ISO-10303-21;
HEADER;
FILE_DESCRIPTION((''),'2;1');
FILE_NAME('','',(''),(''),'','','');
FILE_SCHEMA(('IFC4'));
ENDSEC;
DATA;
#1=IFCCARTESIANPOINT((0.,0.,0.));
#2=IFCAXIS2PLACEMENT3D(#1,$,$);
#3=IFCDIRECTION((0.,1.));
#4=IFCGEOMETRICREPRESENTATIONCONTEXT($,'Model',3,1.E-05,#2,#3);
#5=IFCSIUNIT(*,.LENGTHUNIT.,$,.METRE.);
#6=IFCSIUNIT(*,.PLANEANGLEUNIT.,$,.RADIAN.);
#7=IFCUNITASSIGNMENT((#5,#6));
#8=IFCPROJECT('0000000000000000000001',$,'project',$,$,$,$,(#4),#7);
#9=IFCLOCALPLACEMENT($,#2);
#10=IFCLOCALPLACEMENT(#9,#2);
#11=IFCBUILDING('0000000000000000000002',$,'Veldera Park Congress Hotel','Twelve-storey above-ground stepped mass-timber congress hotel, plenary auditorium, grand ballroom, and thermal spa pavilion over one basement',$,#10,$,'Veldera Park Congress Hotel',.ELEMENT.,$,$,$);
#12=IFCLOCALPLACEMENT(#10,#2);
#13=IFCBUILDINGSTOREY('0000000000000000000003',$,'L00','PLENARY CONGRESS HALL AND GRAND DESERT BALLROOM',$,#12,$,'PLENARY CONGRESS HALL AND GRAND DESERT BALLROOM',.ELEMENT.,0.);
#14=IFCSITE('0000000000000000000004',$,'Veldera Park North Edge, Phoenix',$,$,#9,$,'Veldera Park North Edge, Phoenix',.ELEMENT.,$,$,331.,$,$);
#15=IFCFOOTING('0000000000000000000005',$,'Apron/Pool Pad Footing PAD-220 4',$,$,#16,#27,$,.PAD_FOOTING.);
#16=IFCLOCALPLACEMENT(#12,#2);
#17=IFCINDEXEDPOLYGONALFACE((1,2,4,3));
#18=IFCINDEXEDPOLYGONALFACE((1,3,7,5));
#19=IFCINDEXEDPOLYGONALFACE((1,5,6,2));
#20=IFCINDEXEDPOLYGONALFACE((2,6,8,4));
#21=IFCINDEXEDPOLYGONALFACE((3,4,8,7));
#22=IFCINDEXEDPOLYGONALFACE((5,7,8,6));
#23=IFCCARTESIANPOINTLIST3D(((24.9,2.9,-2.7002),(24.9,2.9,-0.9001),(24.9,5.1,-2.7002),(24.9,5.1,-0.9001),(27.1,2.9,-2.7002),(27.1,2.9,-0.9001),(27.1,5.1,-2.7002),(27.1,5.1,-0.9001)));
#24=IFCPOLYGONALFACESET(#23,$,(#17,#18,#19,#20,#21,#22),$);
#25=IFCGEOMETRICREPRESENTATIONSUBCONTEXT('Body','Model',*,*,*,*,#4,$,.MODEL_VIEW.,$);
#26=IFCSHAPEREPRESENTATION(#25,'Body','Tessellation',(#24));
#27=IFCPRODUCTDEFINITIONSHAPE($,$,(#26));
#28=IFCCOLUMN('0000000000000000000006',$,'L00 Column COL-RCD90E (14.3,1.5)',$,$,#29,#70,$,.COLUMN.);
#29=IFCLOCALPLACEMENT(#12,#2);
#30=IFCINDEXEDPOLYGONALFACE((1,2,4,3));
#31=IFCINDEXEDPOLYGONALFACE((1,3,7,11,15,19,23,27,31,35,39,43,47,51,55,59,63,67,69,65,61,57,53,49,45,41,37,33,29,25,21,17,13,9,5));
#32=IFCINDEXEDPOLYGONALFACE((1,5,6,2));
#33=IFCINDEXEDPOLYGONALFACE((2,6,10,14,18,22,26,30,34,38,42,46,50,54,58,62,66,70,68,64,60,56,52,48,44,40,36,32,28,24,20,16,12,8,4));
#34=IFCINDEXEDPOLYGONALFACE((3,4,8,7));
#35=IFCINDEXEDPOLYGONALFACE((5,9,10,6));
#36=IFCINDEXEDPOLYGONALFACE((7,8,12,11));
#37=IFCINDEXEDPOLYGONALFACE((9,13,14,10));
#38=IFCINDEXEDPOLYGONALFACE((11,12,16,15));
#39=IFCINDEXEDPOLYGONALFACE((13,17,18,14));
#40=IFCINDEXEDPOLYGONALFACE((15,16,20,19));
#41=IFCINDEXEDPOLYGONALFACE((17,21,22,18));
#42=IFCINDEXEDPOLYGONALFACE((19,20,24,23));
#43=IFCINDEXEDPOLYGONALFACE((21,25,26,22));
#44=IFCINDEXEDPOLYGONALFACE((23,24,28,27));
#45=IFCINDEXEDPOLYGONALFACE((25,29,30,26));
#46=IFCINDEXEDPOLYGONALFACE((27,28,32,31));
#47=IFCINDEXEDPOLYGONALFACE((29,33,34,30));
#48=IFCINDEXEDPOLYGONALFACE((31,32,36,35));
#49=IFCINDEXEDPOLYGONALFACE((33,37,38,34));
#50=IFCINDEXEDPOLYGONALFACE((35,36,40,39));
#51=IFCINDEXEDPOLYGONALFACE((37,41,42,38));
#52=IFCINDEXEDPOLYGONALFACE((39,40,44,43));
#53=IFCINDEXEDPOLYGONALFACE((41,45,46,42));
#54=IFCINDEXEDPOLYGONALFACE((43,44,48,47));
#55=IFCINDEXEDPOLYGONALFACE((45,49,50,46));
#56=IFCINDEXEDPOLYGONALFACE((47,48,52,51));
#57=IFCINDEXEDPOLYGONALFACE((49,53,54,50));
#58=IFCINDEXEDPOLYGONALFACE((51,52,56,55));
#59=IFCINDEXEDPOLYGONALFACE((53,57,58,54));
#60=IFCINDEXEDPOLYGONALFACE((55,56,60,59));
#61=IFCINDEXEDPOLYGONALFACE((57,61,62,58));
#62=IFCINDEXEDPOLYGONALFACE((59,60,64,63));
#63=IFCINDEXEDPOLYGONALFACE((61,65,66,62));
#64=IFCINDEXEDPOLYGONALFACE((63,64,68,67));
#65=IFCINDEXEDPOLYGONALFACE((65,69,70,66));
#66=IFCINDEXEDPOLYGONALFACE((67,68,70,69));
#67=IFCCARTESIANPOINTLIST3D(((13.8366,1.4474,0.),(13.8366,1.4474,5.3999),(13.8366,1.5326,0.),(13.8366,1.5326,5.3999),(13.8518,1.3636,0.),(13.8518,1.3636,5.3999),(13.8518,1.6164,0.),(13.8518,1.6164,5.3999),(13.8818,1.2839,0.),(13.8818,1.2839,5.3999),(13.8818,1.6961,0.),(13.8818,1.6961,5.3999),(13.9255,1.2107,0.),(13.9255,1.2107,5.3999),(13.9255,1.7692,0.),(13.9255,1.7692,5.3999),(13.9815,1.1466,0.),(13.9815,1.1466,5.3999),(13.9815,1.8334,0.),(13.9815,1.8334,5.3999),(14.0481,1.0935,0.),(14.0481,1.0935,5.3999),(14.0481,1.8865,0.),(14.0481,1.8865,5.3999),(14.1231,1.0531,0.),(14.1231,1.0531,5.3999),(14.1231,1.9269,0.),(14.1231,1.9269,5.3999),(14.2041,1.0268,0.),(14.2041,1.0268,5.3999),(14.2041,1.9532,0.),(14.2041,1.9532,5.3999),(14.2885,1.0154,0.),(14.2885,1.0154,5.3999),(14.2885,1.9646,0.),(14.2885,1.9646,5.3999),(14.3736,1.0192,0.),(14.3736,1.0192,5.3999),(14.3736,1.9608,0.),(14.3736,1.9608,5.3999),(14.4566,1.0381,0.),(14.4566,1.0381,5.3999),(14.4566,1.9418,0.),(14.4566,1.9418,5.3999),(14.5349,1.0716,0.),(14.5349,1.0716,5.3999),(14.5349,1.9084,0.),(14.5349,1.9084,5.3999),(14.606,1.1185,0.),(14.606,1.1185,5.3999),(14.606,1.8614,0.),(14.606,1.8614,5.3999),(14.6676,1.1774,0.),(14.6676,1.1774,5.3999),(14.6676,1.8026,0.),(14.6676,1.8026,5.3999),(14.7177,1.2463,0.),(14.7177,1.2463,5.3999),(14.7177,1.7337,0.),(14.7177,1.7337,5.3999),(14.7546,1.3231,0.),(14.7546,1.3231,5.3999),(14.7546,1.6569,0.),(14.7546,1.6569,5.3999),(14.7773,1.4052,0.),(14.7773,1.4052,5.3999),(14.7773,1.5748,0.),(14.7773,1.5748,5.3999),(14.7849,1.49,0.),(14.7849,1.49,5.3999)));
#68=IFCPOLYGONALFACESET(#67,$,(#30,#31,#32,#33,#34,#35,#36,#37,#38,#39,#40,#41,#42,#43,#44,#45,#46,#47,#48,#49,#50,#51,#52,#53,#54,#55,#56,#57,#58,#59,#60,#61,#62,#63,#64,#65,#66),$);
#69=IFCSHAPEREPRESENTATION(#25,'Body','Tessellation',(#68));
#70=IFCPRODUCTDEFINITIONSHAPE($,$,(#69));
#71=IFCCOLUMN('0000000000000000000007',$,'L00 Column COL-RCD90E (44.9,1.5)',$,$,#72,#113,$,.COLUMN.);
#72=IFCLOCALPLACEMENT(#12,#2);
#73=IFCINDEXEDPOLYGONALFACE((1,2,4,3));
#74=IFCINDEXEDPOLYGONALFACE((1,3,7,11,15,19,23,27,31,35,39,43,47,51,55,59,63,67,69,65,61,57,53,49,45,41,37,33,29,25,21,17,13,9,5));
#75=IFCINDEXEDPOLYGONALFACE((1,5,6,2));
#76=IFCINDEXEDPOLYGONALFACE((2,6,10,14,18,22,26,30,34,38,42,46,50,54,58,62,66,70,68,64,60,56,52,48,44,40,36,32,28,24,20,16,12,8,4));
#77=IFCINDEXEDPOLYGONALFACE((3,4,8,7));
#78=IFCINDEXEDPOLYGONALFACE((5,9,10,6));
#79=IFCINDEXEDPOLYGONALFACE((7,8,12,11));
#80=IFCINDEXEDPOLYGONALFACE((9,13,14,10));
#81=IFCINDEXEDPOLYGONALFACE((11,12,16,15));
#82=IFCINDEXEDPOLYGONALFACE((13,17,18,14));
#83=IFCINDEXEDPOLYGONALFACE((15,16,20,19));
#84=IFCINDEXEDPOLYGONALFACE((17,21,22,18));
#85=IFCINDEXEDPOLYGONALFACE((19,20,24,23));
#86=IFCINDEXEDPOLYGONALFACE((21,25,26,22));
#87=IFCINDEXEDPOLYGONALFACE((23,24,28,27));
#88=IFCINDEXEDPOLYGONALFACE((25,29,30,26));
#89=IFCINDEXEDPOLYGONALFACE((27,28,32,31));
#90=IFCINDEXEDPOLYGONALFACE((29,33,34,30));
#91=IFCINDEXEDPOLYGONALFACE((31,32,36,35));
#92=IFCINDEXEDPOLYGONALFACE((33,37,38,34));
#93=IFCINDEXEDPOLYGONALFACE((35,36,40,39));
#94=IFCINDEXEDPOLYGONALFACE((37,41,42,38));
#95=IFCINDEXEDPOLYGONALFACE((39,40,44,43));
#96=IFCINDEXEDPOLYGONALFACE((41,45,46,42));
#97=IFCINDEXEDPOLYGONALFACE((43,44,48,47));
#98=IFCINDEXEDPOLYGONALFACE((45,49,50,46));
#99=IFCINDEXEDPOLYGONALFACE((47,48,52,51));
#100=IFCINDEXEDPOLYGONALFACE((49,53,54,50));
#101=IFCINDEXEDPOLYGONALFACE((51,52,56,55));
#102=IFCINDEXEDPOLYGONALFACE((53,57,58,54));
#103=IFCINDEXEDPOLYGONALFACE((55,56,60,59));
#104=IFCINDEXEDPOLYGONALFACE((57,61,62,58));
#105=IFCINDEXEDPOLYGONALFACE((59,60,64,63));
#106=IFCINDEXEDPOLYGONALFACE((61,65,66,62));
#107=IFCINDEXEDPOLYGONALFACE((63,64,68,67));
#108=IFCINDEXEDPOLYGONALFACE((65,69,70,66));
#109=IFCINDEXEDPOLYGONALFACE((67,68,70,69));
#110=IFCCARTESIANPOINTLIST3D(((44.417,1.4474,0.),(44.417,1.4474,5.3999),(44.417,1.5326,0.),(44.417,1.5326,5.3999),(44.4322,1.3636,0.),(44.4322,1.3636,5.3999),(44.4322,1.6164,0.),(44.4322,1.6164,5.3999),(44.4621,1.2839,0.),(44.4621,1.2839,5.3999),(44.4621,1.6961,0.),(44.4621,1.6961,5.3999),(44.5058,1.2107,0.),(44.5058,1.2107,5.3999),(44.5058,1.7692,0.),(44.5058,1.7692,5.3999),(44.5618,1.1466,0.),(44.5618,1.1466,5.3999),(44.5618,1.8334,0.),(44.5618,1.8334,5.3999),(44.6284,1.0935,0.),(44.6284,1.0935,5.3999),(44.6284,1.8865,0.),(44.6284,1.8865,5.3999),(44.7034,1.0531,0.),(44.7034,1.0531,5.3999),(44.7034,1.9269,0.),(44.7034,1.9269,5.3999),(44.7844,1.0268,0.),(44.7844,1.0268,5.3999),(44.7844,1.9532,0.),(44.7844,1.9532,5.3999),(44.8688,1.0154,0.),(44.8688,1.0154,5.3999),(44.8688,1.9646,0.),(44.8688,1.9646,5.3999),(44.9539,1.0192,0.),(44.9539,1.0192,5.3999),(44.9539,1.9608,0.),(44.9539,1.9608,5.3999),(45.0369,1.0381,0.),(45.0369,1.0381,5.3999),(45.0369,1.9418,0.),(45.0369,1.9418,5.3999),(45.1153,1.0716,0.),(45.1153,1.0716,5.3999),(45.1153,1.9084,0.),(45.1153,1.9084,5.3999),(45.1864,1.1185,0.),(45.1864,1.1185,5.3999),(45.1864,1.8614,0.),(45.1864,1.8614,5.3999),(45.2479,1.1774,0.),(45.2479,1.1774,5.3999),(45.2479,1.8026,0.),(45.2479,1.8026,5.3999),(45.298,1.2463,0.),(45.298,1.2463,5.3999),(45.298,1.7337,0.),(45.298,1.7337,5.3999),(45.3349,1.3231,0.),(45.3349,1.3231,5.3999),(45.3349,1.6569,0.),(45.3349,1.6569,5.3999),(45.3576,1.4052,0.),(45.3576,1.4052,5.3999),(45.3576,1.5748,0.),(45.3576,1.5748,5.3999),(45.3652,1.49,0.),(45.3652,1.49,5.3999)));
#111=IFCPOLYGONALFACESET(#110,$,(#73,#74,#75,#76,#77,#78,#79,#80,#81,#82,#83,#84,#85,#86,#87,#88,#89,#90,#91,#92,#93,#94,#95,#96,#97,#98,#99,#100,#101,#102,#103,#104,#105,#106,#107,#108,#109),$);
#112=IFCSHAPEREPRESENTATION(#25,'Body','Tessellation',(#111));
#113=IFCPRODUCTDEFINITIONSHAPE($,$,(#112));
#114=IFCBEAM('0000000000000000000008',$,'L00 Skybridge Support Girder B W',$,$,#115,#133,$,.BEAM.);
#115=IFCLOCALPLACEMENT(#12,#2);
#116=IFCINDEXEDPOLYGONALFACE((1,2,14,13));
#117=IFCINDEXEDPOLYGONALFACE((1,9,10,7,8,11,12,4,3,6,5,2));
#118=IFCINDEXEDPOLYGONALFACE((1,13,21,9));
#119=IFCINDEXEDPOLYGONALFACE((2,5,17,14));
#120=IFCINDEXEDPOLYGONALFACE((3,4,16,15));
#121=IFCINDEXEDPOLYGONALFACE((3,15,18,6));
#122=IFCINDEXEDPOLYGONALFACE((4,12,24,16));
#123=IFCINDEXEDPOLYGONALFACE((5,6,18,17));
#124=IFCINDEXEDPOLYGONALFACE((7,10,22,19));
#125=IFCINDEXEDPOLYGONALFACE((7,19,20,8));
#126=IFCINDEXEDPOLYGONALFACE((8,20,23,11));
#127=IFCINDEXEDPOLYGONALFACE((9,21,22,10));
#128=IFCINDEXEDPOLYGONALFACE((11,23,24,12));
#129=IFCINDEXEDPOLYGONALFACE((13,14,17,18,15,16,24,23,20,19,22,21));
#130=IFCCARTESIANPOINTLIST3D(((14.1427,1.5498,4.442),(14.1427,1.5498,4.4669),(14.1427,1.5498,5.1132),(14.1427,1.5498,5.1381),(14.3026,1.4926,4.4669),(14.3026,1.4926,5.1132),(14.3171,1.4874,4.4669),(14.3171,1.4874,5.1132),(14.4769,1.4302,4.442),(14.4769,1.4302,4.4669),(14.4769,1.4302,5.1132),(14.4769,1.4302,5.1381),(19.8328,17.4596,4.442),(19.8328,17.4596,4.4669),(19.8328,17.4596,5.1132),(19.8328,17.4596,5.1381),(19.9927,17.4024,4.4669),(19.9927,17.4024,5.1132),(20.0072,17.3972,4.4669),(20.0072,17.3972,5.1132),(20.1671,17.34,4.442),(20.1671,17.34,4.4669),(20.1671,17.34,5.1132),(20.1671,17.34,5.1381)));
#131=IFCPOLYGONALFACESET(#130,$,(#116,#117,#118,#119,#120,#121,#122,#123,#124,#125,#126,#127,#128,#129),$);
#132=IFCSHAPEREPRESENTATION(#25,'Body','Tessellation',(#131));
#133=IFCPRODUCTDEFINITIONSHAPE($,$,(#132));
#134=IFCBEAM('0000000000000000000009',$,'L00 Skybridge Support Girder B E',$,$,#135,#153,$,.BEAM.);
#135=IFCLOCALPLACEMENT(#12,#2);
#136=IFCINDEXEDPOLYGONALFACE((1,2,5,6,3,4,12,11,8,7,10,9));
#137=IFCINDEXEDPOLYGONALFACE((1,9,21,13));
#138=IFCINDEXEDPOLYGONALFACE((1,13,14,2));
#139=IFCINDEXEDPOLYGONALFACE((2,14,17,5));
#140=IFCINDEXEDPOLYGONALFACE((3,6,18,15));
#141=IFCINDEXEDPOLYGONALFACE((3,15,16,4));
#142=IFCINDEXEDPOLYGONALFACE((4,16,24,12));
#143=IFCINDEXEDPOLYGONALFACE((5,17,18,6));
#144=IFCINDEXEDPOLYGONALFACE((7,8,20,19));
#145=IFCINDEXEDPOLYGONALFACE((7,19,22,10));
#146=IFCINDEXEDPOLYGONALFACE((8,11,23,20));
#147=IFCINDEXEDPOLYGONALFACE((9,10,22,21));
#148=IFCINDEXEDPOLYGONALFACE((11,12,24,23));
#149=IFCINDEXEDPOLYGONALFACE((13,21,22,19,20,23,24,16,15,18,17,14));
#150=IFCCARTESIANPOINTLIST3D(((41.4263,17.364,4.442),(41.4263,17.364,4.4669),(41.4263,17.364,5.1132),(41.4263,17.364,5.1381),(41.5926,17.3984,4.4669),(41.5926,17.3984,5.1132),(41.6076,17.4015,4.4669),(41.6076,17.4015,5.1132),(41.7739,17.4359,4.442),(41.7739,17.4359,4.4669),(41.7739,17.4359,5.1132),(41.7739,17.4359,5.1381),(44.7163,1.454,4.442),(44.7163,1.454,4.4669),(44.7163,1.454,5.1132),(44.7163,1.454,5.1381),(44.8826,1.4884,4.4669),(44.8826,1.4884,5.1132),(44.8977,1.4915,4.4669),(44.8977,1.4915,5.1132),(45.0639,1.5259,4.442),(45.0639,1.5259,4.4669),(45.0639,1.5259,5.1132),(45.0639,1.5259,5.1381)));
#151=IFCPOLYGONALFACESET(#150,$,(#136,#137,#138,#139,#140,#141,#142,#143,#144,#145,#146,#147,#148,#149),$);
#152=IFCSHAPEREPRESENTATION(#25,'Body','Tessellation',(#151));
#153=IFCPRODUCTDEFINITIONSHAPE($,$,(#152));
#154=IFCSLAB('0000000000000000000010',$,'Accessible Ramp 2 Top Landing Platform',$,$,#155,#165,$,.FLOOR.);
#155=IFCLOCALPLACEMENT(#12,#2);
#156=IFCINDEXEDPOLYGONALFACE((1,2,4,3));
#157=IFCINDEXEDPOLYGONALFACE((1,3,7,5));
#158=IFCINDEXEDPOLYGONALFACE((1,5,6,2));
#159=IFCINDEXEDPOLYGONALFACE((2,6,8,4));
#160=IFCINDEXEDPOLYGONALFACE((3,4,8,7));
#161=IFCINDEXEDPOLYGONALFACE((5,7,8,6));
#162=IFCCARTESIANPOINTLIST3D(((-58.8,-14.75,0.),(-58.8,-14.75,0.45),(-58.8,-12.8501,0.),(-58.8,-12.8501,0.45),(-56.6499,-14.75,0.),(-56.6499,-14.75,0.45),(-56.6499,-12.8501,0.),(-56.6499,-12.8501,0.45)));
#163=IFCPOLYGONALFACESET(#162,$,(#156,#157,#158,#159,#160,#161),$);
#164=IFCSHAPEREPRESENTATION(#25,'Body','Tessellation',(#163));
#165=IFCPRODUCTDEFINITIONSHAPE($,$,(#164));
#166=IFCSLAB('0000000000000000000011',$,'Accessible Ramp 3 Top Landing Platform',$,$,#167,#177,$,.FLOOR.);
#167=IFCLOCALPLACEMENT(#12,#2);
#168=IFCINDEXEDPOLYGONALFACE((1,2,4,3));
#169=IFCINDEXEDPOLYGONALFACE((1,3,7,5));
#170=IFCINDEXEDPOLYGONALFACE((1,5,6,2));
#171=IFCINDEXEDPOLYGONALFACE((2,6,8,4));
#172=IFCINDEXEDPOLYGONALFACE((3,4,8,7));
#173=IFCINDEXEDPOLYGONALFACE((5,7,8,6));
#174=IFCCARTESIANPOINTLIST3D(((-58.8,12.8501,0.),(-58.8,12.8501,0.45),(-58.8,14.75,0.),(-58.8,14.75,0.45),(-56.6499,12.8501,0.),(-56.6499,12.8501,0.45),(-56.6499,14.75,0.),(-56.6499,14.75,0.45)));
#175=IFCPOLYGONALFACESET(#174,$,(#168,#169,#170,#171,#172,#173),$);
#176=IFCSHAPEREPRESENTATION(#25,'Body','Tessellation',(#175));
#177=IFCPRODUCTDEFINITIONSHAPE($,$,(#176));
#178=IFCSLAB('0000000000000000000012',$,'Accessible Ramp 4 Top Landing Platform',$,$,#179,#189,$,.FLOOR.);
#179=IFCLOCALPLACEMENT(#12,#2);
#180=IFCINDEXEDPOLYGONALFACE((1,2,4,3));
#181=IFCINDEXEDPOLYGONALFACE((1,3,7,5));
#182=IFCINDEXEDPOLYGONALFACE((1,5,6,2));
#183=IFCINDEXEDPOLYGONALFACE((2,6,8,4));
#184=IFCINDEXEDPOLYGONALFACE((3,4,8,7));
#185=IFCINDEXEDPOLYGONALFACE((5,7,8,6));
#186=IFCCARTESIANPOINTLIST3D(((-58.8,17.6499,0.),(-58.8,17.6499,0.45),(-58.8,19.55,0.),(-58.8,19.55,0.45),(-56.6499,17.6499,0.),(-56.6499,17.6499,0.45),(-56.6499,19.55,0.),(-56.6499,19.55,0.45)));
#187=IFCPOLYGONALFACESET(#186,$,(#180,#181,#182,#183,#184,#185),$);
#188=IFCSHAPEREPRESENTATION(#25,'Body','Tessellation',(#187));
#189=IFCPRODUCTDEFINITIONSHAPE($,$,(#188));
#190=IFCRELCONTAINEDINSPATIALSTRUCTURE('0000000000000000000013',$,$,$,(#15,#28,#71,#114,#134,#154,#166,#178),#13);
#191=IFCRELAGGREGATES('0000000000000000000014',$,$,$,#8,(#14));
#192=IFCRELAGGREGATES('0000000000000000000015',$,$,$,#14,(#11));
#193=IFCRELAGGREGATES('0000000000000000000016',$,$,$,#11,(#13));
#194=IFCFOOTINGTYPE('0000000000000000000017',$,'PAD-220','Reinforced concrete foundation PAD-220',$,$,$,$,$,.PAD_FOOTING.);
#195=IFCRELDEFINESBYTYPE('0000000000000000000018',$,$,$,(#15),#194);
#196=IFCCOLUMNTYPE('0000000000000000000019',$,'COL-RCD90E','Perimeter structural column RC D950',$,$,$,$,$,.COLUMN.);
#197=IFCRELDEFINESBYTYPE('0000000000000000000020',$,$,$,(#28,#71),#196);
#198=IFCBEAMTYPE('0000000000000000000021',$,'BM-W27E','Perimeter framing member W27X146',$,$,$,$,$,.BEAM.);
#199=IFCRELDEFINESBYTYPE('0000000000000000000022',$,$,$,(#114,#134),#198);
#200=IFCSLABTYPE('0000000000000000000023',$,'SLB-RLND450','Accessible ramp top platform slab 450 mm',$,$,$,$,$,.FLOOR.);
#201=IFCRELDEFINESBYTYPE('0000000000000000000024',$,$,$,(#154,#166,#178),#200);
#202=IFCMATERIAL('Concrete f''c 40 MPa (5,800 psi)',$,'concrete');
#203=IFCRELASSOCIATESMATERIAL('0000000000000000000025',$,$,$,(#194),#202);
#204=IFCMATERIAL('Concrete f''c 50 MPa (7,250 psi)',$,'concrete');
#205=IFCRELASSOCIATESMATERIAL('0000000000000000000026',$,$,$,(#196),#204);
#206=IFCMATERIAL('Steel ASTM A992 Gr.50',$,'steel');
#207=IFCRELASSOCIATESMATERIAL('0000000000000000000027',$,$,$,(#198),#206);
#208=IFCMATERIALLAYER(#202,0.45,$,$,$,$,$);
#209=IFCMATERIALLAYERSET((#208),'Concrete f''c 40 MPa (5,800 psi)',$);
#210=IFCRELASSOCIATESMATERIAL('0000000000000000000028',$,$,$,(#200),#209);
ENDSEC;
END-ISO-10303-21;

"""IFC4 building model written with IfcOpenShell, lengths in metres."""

from ifc_helpers import new_model, si_unit, direction, frame, origin, origin_2d, place, context, subcontext, project, spatial, polyline, rectangle, circle, i_section, outline, extrude, material, layer, layer_set, material_profile, profile_set, type_object, element, save


model = new_model("IFC4")

# Units and contexts
model_context = context("Model", 3, precision=1e-05, world=origin(), true_north=direction((0.0, 1.0)))
body_context = subcontext(model_context, "Body", "Model", "MODEL_VIEW")
ifc_project = project(units=[si_unit("LENGTHUNIT", "METRE"), si_unit("PLANEANGLEUNIT", "RADIAN")], contexts=[model_context])

# Site, building, storey
site_placement = place(None, origin())
site = spatial("IfcSite", under=ifc_project, at=site_placement, Name="Veldera Park North Edge, Phoenix", LongName="Veldera Park North Edge, Phoenix", CompositionType="ELEMENT", RefElevation=331.0)
building_placement = place(site_placement, origin())
building = spatial("IfcBuilding", under=site, at=building_placement, Name="Veldera Park Congress Hotel", Description="Twelve-storey above-ground stepped mass-timber congress hotel, plenary auditorium, grand ballroom, and thermal spa pavilion over one basement", LongName="Veldera Park Congress Hotel", CompositionType="ELEMENT")
storey_placement = place(building_placement, origin())
storey = spatial("IfcBuildingStorey", under=building, at=storey_placement, Name="L00", Description="PLENARY CONGRESS HALL AND GRAND DESERT BALLROOM", LongName="PLENARY CONGRESS HALL AND GRAND DESERT BALLROOM", CompositionType="ELEMENT", Elevation=0.0)

# Footing
ifc_material_1 = material(Name="Concrete f'c 40 MPa (5,800 psi)", Category="concrete")
footing_type = type_object("IfcFootingType", Name="PAD-220", Description="Reinforced concrete foundation PAD-220", PredefinedType="PAD_FOOTING", material=ifc_material_1)
footing_placement = place(storey_placement, frame((26.0, 4.0, -2.7002), z_axis=(0.0, 0.0, 1.0), x_axis=(1.0, 0.0, 0.0)))
element("IfcFooting", 1, at=footing_placement, inside=storey, type_object=footing_type, Name="Apron/Pool Pad Footing PAD-220 4", PredefinedType="PAD_FOOTING", context=body_context, shape_type="SweptSolid", body=[
    extrude(rectangle(XDim=2.2, YDim=2.2, at=origin_2d()), origin(), (0.0, 0.0, 1.0), 1.8),
])

# Columns
ifc_material_2 = material(Name="Concrete f'c 50 MPa (7,250 psi)", Category="concrete")
ifc_material_profile_1 = material_profile(ifc_material_2, circle(Radius=0.4751, at=origin_2d()), Name="RC D950")
ifc_profile_set_1 = profile_set([ifc_material_profile_1], Name="Concrete f'c 50 MPa (7,250 psi)")
column_type = type_object("IfcColumnType", Name="COL-RCD90E", Description="Perimeter structural column RC D950", PredefinedType="COLUMN", material=ifc_profile_set_1)
for number, where, z_axis, x_axis, name in (
    (2, (14.3098, 1.49, 0.0), (0.0, 0.0, 1.0), (1.0, 0.0, 0.0), "L00 Column COL-RCD90E (14.3,1.5)"),
    (3, (44.8901, 1.49, 0.0), (0.0, 0.0, 1.0), (1.0, 0.0, 0.0), "L00 Column COL-RCD90E (44.9,1.5)"),
):
    element("IfcColumn", number, at=place(storey_placement, frame(where, z_axis=z_axis, x_axis=x_axis)), inside=storey, type_object=column_type, Name=name, PredefinedType="COLUMN", context=body_context, shape_type="SweptSolid", body=[
        extrude(circle(Radius=0.4751, at=origin_2d()), origin(), (0.0, 0.0, 1.0), 5.3999),
    ])

# Beams
ifc_material_3 = material(Name="Steel ASTM A992 Gr.50", Category="steel")
ifc_material_profile_2 = material_profile(ifc_material_3, i_section(OverallWidth=0.355, OverallDepth=0.696, WebThickness=0.0154, FlangeThickness=0.0249, at=origin_2d()), Name="W27X146")
ifc_profile_set_2 = profile_set([ifc_material_profile_2], Name="Steel ASTM A992 Gr.50")
beam_type = type_object("IfcBeamType", Name="BM-W27E", Description="Perimeter framing member W27X146", PredefinedType="BEAM", material=ifc_profile_set_2)
beam_1_placement = place(storey_placement, frame((14.3098, 1.49, 4.79), z_axis=(0.33676, 0.94159, 0.0), x_axis=(-0.94159, 0.33676, 0.0)))
element("IfcBeam", 4, at=beam_1_placement, inside=storey, type_object=beam_type, Name="L00 Skybridge Support Girder B W", PredefinedType="BEAM", context=body_context, shape_type="SweptSolid", body=[
    extrude(i_section(OverallWidth=0.355, OverallDepth=0.696, WebThickness=0.0154, FlangeThickness=0.0249, at=origin_2d()), origin(), (0.0, 0.0, 1.0), 16.8967),
])
beam_2_placement = place(storey_placement, frame((44.8901, 1.49, 4.79), z_axis=(-0.202507, 0.979281, 0.0), x_axis=(-0.979281, -0.202507, 0.0)))
element("IfcBeam", 5, at=beam_2_placement, inside=storey, type_object=beam_type, Name="L00 Skybridge Support Girder B E", PredefinedType="BEAM", context=body_context, shape_type="SweptSolid", body=[
    extrude(i_section(OverallWidth=0.355, OverallDepth=0.696, WebThickness=0.0154, FlangeThickness=0.0249, at=origin_2d()), origin(), (0.0, 0.0, 1.0), 16.2466),
])

# Slabs
ifc_layer_1 = layer(ifc_material_1, 0.45)
ifc_layer_set_1 = layer_set([ifc_layer_1], Name="Concrete f'c 40 MPa (5,800 psi)")
slab_type = type_object("IfcSlabType", Name="SLB-RLND450", Description="Accessible ramp top platform slab 450 mm", PredefinedType="FLOOR", material=ifc_layer_set_1)
slab_1_placement = place(storey_placement, origin())
element("IfcSlab", 6, at=slab_1_placement, inside=storey, type_object=slab_type, Name="Accessible Ramp 2 Top Landing Platform", PredefinedType="FLOOR", context=body_context, shape_type="SweptSolid", body=[
    extrude(outline(polyline([(-58.8, -14.75), (-56.6499, -14.75), (-56.6499, -12.8501), (-58.8, -12.8501), (-58.8, -14.75)])), origin(), (0.0, 0.0, 1.0), 0.45),
])
slab_2_placement = place(storey_placement, origin())
element("IfcSlab", 7, at=slab_2_placement, inside=storey, type_object=slab_type, Name="Accessible Ramp 3 Top Landing Platform", PredefinedType="FLOOR", context=body_context, shape_type="SweptSolid", body=[
    extrude(outline(polyline([(-58.8, 12.8501), (-56.6499, 12.8501), (-56.6499, 14.75), (-58.8, 14.75), (-58.8, 12.8501)])), origin(), (0.0, 0.0, 1.0), 0.45),
])
slab_3_placement = place(storey_placement, origin())
element("IfcSlab", 8, at=slab_3_placement, inside=storey, type_object=slab_type, Name="Accessible Ramp 4 Top Landing Platform", PredefinedType="FLOOR", context=body_context, shape_type="SweptSolid", body=[
    extrude(outline(polyline([(-58.8, 17.6499), (-56.6499, 17.6499), (-56.6499, 19.55), (-58.8, 19.55), (-58.8, 17.6499)])), origin(), (0.0, 0.0, 1.0), 0.45),
])

save(model, "model.ifc")
